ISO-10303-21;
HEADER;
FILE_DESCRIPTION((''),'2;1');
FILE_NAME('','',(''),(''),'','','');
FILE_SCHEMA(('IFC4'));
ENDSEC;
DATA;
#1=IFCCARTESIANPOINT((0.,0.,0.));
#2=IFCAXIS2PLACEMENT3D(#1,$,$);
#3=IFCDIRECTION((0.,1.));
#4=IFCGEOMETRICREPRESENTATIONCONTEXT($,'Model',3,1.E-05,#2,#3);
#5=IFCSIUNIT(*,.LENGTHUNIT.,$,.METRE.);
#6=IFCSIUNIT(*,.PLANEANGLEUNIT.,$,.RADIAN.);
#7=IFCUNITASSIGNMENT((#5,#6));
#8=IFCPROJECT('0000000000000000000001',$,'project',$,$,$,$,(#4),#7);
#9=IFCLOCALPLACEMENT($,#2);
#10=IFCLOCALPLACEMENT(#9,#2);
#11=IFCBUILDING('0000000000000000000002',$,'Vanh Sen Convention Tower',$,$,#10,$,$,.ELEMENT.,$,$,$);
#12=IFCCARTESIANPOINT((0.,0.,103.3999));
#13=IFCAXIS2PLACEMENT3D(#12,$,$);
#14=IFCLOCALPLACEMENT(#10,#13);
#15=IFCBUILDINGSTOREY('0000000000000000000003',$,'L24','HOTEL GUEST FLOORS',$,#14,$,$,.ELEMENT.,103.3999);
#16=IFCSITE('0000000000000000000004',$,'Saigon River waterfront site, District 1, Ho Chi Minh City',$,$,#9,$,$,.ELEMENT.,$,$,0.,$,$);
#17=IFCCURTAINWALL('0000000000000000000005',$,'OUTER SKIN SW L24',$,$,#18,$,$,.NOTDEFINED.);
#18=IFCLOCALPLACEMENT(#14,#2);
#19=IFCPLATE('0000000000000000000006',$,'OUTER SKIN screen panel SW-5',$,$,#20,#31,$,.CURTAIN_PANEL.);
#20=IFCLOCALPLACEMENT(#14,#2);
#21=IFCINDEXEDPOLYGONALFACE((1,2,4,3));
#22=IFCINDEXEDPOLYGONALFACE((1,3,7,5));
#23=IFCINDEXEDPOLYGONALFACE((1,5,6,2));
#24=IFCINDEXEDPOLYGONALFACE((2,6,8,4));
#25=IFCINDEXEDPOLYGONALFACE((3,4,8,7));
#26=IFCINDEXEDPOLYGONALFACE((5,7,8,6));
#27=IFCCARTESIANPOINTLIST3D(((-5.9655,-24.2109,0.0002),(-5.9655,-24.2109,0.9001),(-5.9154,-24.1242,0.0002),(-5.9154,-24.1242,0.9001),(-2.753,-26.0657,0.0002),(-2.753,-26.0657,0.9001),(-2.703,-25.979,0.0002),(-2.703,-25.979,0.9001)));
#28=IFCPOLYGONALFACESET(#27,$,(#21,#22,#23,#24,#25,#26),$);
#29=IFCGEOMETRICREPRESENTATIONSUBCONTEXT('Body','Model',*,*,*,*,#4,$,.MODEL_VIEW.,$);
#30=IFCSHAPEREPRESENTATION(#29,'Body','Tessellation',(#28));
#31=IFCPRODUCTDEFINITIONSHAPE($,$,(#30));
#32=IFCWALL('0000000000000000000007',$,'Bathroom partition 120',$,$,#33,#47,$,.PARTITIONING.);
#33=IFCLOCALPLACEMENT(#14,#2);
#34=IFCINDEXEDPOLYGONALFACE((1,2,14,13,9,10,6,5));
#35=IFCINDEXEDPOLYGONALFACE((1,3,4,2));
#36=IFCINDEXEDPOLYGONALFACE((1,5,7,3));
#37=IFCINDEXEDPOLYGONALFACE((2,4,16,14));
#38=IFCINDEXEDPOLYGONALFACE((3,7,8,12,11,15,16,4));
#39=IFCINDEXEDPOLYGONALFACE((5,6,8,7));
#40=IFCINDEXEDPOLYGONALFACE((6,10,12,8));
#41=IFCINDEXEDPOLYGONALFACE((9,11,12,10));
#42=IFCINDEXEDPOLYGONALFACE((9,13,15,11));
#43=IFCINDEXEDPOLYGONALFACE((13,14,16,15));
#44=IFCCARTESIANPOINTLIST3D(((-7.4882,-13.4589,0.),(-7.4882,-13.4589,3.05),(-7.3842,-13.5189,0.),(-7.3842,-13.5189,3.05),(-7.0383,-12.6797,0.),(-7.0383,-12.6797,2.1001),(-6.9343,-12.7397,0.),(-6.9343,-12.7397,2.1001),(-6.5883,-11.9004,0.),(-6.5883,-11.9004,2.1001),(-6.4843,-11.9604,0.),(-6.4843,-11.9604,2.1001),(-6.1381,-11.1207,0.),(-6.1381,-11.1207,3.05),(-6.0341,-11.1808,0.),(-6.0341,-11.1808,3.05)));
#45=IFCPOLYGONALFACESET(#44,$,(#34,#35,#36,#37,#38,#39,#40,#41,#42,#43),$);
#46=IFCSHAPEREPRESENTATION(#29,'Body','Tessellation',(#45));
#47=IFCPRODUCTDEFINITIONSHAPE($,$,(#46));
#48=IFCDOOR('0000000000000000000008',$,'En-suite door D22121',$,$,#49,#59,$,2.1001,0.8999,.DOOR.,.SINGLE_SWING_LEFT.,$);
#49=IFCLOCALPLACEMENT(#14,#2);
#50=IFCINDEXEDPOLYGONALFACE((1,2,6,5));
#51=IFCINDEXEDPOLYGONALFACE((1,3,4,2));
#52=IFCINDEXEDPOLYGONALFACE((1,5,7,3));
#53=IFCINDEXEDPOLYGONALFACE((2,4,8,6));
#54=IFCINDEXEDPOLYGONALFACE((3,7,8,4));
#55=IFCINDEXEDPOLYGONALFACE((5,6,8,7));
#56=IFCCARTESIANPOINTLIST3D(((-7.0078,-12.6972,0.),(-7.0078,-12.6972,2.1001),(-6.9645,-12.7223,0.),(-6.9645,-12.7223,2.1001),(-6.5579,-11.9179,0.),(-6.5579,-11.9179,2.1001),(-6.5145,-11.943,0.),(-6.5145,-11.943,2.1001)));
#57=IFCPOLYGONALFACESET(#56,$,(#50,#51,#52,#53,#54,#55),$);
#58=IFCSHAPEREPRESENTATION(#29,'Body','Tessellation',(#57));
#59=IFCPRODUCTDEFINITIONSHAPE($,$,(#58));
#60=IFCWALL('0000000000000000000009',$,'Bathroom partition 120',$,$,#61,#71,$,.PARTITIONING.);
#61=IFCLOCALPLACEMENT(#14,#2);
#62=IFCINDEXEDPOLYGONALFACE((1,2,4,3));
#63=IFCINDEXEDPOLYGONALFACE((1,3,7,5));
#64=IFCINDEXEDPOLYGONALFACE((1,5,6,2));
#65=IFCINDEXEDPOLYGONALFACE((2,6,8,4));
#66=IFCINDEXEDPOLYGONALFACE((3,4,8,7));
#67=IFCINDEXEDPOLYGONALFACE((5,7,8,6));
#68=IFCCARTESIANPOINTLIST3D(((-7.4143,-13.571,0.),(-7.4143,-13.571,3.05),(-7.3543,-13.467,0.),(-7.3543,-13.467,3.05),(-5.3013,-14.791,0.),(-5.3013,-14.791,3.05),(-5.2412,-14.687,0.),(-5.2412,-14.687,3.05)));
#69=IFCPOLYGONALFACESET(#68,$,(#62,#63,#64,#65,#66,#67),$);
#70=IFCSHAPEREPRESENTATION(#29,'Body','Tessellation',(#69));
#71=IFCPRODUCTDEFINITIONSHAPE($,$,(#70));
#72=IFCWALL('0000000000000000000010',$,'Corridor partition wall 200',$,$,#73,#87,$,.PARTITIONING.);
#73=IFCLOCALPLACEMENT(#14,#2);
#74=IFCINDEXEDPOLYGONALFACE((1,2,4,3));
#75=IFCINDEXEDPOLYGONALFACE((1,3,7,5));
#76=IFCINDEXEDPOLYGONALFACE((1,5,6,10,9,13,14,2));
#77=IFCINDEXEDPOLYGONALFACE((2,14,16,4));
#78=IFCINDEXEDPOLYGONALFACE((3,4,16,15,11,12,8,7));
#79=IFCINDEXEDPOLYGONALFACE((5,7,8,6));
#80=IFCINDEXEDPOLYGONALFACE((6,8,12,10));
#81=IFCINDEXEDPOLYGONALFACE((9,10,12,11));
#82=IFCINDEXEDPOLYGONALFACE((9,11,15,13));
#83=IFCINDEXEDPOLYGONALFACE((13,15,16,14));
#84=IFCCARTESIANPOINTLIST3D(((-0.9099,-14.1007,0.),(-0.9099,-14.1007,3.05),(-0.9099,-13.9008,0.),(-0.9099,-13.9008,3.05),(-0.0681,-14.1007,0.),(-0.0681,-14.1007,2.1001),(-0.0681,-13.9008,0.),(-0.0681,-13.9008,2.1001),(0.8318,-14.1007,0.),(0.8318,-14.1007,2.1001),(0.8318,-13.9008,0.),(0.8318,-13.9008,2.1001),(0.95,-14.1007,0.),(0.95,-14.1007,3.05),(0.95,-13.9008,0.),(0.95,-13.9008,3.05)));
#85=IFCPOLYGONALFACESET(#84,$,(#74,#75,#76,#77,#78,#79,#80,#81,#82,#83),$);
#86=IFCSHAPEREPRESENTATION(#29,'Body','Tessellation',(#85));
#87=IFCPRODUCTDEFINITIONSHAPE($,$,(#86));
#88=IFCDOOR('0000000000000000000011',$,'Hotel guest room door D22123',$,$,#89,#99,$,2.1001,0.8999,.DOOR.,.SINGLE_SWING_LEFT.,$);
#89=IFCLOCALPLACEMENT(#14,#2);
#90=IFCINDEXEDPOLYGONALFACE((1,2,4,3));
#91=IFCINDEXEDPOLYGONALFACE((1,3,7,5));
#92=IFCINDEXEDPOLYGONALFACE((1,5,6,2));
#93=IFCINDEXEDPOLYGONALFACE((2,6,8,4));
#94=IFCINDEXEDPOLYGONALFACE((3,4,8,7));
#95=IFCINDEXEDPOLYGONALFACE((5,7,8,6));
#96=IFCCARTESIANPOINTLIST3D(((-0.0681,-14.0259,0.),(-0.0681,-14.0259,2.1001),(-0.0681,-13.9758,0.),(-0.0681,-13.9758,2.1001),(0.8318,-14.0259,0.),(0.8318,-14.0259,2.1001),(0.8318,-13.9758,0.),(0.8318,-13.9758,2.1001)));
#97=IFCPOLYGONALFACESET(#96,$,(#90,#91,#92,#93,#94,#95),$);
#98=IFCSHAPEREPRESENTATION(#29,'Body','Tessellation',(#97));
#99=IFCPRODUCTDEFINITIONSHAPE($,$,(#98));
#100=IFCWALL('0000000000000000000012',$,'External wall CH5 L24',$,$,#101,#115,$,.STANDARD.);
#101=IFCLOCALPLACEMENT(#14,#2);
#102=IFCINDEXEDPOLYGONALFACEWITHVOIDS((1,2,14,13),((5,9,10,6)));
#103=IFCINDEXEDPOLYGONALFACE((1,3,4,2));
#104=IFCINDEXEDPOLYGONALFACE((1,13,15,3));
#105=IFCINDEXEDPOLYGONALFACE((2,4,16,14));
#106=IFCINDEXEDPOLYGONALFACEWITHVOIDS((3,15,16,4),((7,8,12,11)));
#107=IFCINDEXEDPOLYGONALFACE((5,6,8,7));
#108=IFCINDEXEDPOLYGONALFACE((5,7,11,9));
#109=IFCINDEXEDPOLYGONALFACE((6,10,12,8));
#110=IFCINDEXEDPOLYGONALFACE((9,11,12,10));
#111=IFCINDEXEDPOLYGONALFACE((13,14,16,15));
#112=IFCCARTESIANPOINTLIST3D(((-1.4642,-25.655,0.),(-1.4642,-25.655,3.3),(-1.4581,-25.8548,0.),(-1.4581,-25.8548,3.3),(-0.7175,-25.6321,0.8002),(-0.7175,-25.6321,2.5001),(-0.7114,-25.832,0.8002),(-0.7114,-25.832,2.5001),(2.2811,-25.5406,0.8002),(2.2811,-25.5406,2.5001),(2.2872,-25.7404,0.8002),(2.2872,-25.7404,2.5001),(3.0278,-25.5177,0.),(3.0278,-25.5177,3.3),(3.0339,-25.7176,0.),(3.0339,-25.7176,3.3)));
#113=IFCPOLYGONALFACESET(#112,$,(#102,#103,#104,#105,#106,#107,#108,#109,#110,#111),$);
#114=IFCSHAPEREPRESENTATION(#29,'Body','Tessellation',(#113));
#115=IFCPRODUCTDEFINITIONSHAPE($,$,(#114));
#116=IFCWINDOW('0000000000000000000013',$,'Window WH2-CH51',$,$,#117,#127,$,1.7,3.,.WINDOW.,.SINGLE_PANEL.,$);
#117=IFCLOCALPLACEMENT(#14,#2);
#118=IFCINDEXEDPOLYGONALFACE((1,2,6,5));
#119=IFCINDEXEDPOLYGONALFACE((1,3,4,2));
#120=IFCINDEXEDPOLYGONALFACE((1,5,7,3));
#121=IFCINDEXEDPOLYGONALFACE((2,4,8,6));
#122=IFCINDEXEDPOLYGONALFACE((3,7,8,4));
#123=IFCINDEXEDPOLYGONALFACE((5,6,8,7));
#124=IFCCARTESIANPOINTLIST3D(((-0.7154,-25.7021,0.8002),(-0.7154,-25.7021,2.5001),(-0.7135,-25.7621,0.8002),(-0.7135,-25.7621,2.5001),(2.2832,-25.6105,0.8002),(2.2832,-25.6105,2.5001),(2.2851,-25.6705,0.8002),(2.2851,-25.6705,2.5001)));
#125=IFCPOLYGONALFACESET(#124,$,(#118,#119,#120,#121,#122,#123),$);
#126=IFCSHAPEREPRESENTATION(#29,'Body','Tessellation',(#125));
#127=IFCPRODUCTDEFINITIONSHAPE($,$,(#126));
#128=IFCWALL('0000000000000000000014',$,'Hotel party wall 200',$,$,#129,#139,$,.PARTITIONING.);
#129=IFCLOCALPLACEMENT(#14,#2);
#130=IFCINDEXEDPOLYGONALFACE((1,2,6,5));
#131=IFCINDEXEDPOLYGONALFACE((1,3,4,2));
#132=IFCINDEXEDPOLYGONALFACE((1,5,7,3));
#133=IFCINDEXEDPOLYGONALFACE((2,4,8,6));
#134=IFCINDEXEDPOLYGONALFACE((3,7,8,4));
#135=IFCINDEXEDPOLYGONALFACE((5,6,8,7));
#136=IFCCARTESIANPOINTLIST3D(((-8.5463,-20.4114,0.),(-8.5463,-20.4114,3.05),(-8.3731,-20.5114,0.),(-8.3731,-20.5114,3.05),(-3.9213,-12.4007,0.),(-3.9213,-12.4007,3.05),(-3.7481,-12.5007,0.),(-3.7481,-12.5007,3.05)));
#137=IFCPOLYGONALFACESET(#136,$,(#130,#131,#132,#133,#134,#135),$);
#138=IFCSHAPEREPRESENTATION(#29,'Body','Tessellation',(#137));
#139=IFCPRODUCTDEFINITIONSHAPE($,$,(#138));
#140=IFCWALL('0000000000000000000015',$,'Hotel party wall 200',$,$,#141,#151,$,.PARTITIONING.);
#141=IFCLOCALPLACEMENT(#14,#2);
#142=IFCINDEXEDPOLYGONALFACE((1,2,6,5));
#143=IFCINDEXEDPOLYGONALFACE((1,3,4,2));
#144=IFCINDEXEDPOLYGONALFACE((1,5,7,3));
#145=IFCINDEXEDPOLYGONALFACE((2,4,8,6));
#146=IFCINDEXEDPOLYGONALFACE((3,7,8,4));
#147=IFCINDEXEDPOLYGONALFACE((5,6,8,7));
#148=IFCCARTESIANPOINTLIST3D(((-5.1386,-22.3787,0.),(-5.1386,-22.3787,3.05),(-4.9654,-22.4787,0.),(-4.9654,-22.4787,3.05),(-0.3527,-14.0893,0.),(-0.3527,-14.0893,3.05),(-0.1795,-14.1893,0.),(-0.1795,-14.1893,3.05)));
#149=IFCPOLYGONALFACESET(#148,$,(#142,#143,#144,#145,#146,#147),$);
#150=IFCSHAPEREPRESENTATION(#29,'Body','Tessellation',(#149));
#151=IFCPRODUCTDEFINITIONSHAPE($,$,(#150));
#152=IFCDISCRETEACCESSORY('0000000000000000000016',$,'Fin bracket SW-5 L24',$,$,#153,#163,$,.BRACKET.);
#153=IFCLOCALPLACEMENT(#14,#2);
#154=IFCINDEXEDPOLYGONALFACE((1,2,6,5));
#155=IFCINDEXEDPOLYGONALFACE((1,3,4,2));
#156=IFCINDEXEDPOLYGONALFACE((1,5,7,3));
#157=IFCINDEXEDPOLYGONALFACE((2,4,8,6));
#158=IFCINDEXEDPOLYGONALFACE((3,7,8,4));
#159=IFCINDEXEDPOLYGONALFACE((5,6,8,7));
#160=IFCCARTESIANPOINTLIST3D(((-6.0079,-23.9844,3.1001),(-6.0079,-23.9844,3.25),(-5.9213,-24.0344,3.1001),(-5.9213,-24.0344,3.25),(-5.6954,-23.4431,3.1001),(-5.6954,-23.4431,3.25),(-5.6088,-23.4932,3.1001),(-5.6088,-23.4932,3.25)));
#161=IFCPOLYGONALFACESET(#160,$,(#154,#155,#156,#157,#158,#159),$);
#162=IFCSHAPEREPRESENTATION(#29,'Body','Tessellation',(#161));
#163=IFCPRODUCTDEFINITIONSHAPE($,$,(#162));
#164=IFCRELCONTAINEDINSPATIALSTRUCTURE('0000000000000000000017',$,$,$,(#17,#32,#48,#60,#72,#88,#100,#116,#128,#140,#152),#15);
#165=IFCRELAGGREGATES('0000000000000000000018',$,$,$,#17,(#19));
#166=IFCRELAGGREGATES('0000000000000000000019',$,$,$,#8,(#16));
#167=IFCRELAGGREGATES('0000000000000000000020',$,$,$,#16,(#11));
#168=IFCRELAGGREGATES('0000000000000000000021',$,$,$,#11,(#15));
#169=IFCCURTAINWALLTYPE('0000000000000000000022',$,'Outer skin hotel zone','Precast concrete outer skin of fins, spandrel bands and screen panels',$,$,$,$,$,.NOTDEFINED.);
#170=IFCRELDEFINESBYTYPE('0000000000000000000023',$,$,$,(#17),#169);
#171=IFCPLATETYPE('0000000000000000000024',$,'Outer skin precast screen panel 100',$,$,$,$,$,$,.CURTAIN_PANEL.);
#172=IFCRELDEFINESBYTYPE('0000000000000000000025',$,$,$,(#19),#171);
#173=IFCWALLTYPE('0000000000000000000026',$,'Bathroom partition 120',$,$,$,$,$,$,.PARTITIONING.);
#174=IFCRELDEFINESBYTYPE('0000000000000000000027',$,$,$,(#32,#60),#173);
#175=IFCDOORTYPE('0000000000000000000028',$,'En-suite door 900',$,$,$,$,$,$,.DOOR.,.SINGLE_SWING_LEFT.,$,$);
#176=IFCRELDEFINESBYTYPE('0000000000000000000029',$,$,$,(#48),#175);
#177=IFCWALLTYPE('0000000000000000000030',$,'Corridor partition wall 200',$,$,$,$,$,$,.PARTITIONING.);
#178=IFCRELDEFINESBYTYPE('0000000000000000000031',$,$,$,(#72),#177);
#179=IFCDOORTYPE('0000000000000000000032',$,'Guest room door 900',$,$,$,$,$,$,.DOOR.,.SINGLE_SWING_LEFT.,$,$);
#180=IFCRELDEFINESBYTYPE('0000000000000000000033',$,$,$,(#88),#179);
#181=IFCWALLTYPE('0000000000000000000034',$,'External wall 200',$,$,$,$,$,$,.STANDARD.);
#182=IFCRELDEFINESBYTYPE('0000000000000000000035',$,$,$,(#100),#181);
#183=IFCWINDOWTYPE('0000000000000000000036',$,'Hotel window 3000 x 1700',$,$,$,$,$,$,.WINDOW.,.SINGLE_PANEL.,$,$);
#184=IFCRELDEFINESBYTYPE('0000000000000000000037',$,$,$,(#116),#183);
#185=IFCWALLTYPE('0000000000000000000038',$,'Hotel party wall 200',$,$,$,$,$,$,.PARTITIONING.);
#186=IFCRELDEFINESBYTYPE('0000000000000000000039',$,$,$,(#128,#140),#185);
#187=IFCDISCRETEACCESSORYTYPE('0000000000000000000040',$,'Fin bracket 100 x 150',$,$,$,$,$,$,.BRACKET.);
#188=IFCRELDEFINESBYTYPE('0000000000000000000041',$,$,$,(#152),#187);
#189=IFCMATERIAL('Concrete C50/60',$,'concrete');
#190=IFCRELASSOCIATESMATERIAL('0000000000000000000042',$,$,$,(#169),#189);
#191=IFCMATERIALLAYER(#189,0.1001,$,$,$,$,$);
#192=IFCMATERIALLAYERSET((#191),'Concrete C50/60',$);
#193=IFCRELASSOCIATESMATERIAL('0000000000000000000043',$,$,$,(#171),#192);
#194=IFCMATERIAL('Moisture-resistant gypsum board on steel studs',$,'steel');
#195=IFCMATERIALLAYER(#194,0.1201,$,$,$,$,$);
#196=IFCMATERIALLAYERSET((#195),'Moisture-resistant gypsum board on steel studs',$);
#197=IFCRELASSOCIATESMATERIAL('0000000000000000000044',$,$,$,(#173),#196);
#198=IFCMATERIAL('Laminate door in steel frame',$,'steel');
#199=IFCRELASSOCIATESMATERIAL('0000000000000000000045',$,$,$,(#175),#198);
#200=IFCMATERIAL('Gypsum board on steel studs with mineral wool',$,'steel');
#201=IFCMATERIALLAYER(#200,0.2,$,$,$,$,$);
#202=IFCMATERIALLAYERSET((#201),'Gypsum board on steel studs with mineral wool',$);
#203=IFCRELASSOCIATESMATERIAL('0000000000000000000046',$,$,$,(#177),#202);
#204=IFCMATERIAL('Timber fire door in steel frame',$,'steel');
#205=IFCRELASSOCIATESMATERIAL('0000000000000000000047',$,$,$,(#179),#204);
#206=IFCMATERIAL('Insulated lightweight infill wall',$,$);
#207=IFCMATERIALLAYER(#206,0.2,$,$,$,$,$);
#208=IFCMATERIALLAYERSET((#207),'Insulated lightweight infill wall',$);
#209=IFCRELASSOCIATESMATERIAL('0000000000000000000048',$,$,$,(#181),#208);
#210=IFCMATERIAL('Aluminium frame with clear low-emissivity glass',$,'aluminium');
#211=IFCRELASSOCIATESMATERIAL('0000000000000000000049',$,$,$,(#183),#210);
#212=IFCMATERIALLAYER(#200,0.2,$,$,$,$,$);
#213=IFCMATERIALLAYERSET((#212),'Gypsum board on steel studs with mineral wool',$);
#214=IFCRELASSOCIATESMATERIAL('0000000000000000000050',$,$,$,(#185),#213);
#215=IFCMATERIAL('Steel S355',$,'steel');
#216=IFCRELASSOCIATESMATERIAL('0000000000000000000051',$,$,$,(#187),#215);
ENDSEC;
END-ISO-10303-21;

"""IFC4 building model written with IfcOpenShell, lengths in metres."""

from ifc_helpers import new_model, si_unit, direction, frame, frame_2d, origin, origin_2d, place, context, subcontext, project, spatial, rectangle, extrude, material, layer, layer_set, type_object, element, fill, aggregate, save


model = new_model("IFC4")

# Units and contexts
model_context = context("Model", 3, precision=1e-05, world=origin(), true_north=direction((0.0, 1.0)))
body_context = subcontext(model_context, "Body", "Model", "MODEL_VIEW")
ifc_project = project(units=[si_unit("LENGTHUNIT", "METRE"), si_unit("PLANEANGLEUNIT", "RADIAN")], contexts=[model_context])

# Site, building, storey
site_placement = place(None, origin())
site = spatial("IfcSite", under=ifc_project, at=site_placement, Name="Saigon River waterfront site, District 1, Ho Chi Minh City", CompositionType="ELEMENT", RefElevation=0.0)
building_placement = place(site_placement, origin())
building = spatial("IfcBuilding", under=site, at=building_placement, Name="Vanh Sen Convention Tower", CompositionType="ELEMENT")
storey_placement = place(building_placement, frame((0.0, 0.0, 103.3999)))
storey = spatial("IfcBuildingStorey", under=building, at=storey_placement, Name="L24", Description="HOTEL GUEST FLOORS", CompositionType="ELEMENT", Elevation=103.3999)

# Curtain wall
ifc_material_1 = material(Name="Concrete C50/60", Category="concrete")
curtain_wall_type = type_object("IfcCurtainWallType", Name="Outer skin hotel zone", Description="Precast concrete outer skin of fins, spandrel bands and screen panels", PredefinedType="NOTDEFINED", material=ifc_material_1)
curtain_wall_1_placement = place(storey_placement, origin())
curtain_wall_1 = element("IfcCurtainWall", 1, at=curtain_wall_1_placement, inside=storey, type_object=curtain_wall_type, Name="OUTER SKIN SW L24", PredefinedType="NOTDEFINED")

# Plate
ifc_layer_1 = layer(ifc_material_1, 0.1001)
ifc_layer_set_1 = layer_set([ifc_layer_1], Name="Concrete C50/60")
plate_type = type_object("IfcPlateType", Name="Outer skin precast screen panel 100", PredefinedType="CURTAIN_PANEL", material=ifc_layer_set_1)
plate_1_placement = place(storey_placement, frame((-4.3342, -25.095, 0.0002), z_axis=(0.0, 0.0, 1.0), x_axis=(0.866021, -0.500008, 0.0)))
plate_1 = element("IfcPlate", 2, at=plate_1_placement, type_object=plate_type, Name="OUTER SKIN screen panel SW-5", PredefinedType="CURTAIN_PANEL", context=body_context, shape_type="SweptSolid", body=[
    extrude(rectangle(XDim=3.7095, YDim=0.1001, at=origin_2d()), origin(), (0.0, 0.0, 1.0), 0.8999),
])
aggregate(curtain_wall_1, [plate_1])

# Wall, opening, door
ifc_material_2 = material(Name="Moisture-resistant gypsum board on steel studs", Category="steel")
ifc_layer_2 = layer(ifc_material_2, 0.1201)
ifc_layer_set_2 = layer_set([ifc_layer_2], Name="Moisture-resistant gypsum board on steel studs")
wall_type_1 = type_object("IfcWallType", Name="Bathroom partition 120", PredefinedType="PARTITIONING", material=ifc_layer_set_2)
wall_1_placement = place(storey_placement, frame((-7.4363, -13.489, 0.0), z_axis=(0.0, 0.0, 1.0), x_axis=(0.500049, 0.865997, 0.0)))
wall_1 = element("IfcWall", 3, at=wall_1_placement, inside=storey, type_object=wall_type_1, Name="Bathroom partition 120", PredefinedType="PARTITIONING", context=body_context, shape_type="SweptSolid", body=[
    extrude(rectangle(XDim=2.7, YDim=0.1201, at=frame_2d((1.3501, 0.0))), origin(), (0.0, 0.0, 1.0), 3.05),
])
opening_1_placement = place(wall_1_placement, frame((0.8999, 0.0, 0.0)))
opening_1 = element("IfcOpeningElement", 4, at=opening_1_placement, cuts=wall_1, PredefinedType="OPENING", context=body_context, shape_type="SweptSolid", body=[
    extrude(rectangle(XDim=0.8999, YDim=2.1001, at=frame_2d((0.45, 1.05))), frame((0.0, 0.0701, 0.0), z_axis=(0.0, -1.0, 0.0), x_axis=(1.0, 0.0, 0.0)), (0.0, 0.0, 1.0), 0.1401),
])
ifc_material_3 = material(Name="Laminate door in steel frame", Category="steel")
door_type_1 = type_object("IfcDoorType", Name="En-suite door 900", OperationType="SINGLE_SWING_LEFT", PredefinedType="DOOR", material=ifc_material_3)
door_1_placement = place(opening_1_placement, origin())
door_1 = element("IfcDoor", 5, at=door_1_placement, inside=storey, type_object=door_type_1, Name="En-suite door D22121", OperationType="SINGLE_SWING_LEFT", OverallHeight=2.1001, OverallWidth=0.8999, PredefinedType="DOOR", context=body_context, shape_type="SweptSolid", body=[
    extrude(rectangle(XDim=0.8999, YDim=2.1001, at=frame_2d((0.45, 1.05))), frame((0.0, 0.0249, 0.0), z_axis=(0.0, -1.0, 0.0), x_axis=(1.0, 0.0, 0.0)), (0.0, 0.0, 1.0), 0.05),
])
fill(opening_1, door_1)

# Wall
wall_2_placement = place(storey_placement, frame((-5.2712, -14.739, 0.0), z_axis=(0.0, 0.0, 1.0), x_axis=(-0.866024, 0.500003, 0.0)))
element("IfcWall", 6, at=wall_2_placement, inside=storey, type_object=wall_type_1, Name="Bathroom partition 120", PredefinedType="PARTITIONING", context=body_context, shape_type="SweptSolid", body=[
    extrude(rectangle(XDim=2.4399, YDim=0.1201, at=frame_2d((1.22, 0.0))), origin(), (0.0, 0.0, 1.0), 3.05),
])

# Wall, opening, door
ifc_material_4 = material(Name="Gypsum board on steel studs with mineral wool", Category="steel")
ifc_layer_3 = layer(ifc_material_4, 0.2)
ifc_layer_set_3 = layer_set([ifc_layer_3], Name="Gypsum board on steel studs with mineral wool")
wall_type_2 = type_object("IfcWallType", Name="Corridor partition wall 200", PredefinedType="PARTITIONING", material=ifc_layer_set_3)
wall_3_placement = place(storey_placement, frame((-0.9099, -14.0007, 0.0), z_axis=(0.0, 0.0, 1.0), x_axis=(1.0, 0.0, 0.0)))
wall_3 = element("IfcWall", 7, at=wall_3_placement, inside=storey, type_object=wall_type_2, Name="Corridor partition wall 200", PredefinedType="PARTITIONING", context=body_context, shape_type="SweptSolid", body=[
    extrude(rectangle(XDim=1.8599, YDim=0.2, at=frame_2d((0.9299, 0.0))), origin(), (0.0, 0.0, 1.0), 3.05),
])
opening_2_placement = place(wall_3_placement, frame((0.8418, 0.0, 0.0)))
opening_2 = element("IfcOpeningElement", 8, at=opening_2_placement, cuts=wall_3, PredefinedType="OPENING", context=body_context, shape_type="SweptSolid", body=[
    extrude(rectangle(XDim=0.8999, YDim=2.1001, at=frame_2d((0.45, 1.05))), frame((0.0, 0.1099, 0.0), z_axis=(0.0, -1.0, 0.0), x_axis=(1.0, 0.0, 0.0)), (0.0, 0.0, 1.0), 0.22),
])
ifc_material_5 = material(Name="Timber fire door in steel frame", Category="steel")
door_type_2 = type_object("IfcDoorType", Name="Guest room door 900", OperationType="SINGLE_SWING_LEFT", PredefinedType="DOOR", material=ifc_material_5)
door_2_placement = place(opening_2_placement, origin())
door_2 = element("IfcDoor", 9, at=door_2_placement, inside=storey, type_object=door_type_2, Name="Hotel guest room door D22123", OperationType="SINGLE_SWING_LEFT", OverallHeight=2.1001, OverallWidth=0.8999, PredefinedType="DOOR", context=body_context, shape_type="SweptSolid", body=[
    extrude(rectangle(XDim=0.8999, YDim=2.1001, at=frame_2d((0.45, 1.05))), frame((0.0, 0.0249, 0.0), z_axis=(0.0, -1.0, 0.0), x_axis=(1.0, 0.0, 0.0)), (0.0, 0.0, 1.0), 0.05),
])
fill(opening_2, door_2)

# Wall, opening, window
ifc_material_6 = material(Name="Insulated lightweight infill wall")
ifc_layer_4 = layer(ifc_material_6, 0.2)
ifc_layer_set_4 = layer_set([ifc_layer_4], Name="Insulated lightweight infill wall")
wall_type_3 = type_object("IfcWallType", Name="External wall 200", PredefinedType="STANDARD", material=ifc_layer_set_4)
wall_4_placement = place(storey_placement, frame((-1.4612, -25.7549, 0.0), z_axis=(0.0, 0.0, 1.0), x_axis=(0.999534, 0.030531, 0.0)))
wall_4 = element("IfcWall", 10, at=wall_4_placement, inside=storey, type_object=wall_type_3, Name="External wall CH5 L24", PredefinedType="STANDARD", context=body_context, shape_type="SweptSolid", body=[
    extrude(rectangle(XDim=4.4941, YDim=0.2, at=frame_2d((2.2471, 0.0))), origin(), (0.0, 0.0, 1.0), 3.3),
])
opening_3_placement = place(wall_4_placement, frame((0.7471, 0.0, 0.8)))
opening_3 = element("IfcOpeningElement", 11, at=opening_3_placement, cuts=wall_4, PredefinedType="OPENING", context=body_context, shape_type="SweptSolid", body=[
    extrude(rectangle(XDim=3.0, YDim=1.7, at=frame_2d((1.5, 0.8501))), frame((0.0, 0.1099, 0.0), z_axis=(0.0, -1.0, 0.0), x_axis=(1.0, 0.0, 0.0)), (0.0, 0.0, 1.0), 0.22),
])
ifc_material_7 = material(Name="Aluminium frame with clear low-emissivity glass", Category="aluminium")
window_type = type_object("IfcWindowType", Name="Hotel window 3000 x 1700", PartitioningType="SINGLE_PANEL", PredefinedType="WINDOW", material=ifc_material_7)
window_placement = place(opening_3_placement, origin())
window = element("IfcWindow", 12, at=window_placement, inside=storey, type_object=window_type, Name="Window WH2-CH51", OverallHeight=1.7, OverallWidth=3.0, PartitioningType="SINGLE_PANEL", PredefinedType="WINDOW", context=body_context, shape_type="SweptSolid", body=[
    extrude(rectangle(XDim=3.0, YDim=1.7, at=frame_2d((1.5, 0.8501))), frame((0.0, 0.03, 0.0), z_axis=(0.0, -1.0, 0.0), x_axis=(1.0, 0.0, 0.0)), (0.0, 0.0, 1.0), 0.0601),
])
fill(opening_3, window)

# Walls
ifc_layer_5 = layer(ifc_material_4, 0.2)
ifc_layer_set_5 = layer_set([ifc_layer_5], Name="Gypsum board on steel studs with mineral wool")
wall_type_4 = type_object("IfcWallType", Name="Hotel party wall 200", PredefinedType="PARTITIONING", material=ifc_layer_set_5)
wall_5_placement = place(storey_placement, frame((-8.4597, -20.4614, 0.0), z_axis=(0.0, 0.0, 1.0), x_axis=(0.5, 0.866026, 0.0)))
element("IfcWall", 13, at=wall_5_placement, inside=storey, type_object=wall_type_4, Name="Hotel party wall 200", PredefinedType="PARTITIONING", context=body_context, shape_type="SweptSolid", body=[
    extrude(rectangle(XDim=9.25, YDim=0.2, at=frame_2d((4.625, 0.0))), origin(), (0.0, 0.0, 1.0), 3.05),
])
wall_6_placement = place(storey_placement, frame((-5.052, -22.4287, 0.0), z_axis=(0.0, 0.0, 1.0), x_axis=(0.500004, 0.866023, 0.0)))
element("IfcWall", 14, at=wall_6_placement, inside=storey, type_object=wall_type_4, Name="Hotel party wall 200", PredefinedType="PARTITIONING", context=body_context, shape_type="SweptSolid", body=[
    extrude(rectangle(XDim=9.5718, YDim=0.2, at=frame_2d((4.7859, 0.0))), origin(), (0.0, 0.0, 1.0), 3.05),
])

# Discrete accessory
ifc_material_8 = material(Name="Steel S355", Category="steel")
discrete_accessory_type = type_object("IfcDiscreteAccessoryType", Name="Fin bracket 100 x 150", PredefinedType="BRACKET", material=ifc_material_8)
discrete_accessory_placement = place(storey_placement, frame((-5.8083, -23.7388, 3.1001), z_axis=(0.0, 0.0, 1.0), x_axis=(-0.5, -0.866025, 0.0)))
element("IfcDiscreteAccessory", 15, at=discrete_accessory_placement, inside=storey, type_object=discrete_accessory_type, Name="Fin bracket SW-5 L24", PredefinedType="BRACKET", context=body_context, shape_type="SweptSolid", body=[
    extrude(rectangle(XDim=0.625, YDim=0.1001, at=origin_2d()), origin(), (0.0, 0.0, 1.0), 0.1499),
])

save(model, "model.ifc")
